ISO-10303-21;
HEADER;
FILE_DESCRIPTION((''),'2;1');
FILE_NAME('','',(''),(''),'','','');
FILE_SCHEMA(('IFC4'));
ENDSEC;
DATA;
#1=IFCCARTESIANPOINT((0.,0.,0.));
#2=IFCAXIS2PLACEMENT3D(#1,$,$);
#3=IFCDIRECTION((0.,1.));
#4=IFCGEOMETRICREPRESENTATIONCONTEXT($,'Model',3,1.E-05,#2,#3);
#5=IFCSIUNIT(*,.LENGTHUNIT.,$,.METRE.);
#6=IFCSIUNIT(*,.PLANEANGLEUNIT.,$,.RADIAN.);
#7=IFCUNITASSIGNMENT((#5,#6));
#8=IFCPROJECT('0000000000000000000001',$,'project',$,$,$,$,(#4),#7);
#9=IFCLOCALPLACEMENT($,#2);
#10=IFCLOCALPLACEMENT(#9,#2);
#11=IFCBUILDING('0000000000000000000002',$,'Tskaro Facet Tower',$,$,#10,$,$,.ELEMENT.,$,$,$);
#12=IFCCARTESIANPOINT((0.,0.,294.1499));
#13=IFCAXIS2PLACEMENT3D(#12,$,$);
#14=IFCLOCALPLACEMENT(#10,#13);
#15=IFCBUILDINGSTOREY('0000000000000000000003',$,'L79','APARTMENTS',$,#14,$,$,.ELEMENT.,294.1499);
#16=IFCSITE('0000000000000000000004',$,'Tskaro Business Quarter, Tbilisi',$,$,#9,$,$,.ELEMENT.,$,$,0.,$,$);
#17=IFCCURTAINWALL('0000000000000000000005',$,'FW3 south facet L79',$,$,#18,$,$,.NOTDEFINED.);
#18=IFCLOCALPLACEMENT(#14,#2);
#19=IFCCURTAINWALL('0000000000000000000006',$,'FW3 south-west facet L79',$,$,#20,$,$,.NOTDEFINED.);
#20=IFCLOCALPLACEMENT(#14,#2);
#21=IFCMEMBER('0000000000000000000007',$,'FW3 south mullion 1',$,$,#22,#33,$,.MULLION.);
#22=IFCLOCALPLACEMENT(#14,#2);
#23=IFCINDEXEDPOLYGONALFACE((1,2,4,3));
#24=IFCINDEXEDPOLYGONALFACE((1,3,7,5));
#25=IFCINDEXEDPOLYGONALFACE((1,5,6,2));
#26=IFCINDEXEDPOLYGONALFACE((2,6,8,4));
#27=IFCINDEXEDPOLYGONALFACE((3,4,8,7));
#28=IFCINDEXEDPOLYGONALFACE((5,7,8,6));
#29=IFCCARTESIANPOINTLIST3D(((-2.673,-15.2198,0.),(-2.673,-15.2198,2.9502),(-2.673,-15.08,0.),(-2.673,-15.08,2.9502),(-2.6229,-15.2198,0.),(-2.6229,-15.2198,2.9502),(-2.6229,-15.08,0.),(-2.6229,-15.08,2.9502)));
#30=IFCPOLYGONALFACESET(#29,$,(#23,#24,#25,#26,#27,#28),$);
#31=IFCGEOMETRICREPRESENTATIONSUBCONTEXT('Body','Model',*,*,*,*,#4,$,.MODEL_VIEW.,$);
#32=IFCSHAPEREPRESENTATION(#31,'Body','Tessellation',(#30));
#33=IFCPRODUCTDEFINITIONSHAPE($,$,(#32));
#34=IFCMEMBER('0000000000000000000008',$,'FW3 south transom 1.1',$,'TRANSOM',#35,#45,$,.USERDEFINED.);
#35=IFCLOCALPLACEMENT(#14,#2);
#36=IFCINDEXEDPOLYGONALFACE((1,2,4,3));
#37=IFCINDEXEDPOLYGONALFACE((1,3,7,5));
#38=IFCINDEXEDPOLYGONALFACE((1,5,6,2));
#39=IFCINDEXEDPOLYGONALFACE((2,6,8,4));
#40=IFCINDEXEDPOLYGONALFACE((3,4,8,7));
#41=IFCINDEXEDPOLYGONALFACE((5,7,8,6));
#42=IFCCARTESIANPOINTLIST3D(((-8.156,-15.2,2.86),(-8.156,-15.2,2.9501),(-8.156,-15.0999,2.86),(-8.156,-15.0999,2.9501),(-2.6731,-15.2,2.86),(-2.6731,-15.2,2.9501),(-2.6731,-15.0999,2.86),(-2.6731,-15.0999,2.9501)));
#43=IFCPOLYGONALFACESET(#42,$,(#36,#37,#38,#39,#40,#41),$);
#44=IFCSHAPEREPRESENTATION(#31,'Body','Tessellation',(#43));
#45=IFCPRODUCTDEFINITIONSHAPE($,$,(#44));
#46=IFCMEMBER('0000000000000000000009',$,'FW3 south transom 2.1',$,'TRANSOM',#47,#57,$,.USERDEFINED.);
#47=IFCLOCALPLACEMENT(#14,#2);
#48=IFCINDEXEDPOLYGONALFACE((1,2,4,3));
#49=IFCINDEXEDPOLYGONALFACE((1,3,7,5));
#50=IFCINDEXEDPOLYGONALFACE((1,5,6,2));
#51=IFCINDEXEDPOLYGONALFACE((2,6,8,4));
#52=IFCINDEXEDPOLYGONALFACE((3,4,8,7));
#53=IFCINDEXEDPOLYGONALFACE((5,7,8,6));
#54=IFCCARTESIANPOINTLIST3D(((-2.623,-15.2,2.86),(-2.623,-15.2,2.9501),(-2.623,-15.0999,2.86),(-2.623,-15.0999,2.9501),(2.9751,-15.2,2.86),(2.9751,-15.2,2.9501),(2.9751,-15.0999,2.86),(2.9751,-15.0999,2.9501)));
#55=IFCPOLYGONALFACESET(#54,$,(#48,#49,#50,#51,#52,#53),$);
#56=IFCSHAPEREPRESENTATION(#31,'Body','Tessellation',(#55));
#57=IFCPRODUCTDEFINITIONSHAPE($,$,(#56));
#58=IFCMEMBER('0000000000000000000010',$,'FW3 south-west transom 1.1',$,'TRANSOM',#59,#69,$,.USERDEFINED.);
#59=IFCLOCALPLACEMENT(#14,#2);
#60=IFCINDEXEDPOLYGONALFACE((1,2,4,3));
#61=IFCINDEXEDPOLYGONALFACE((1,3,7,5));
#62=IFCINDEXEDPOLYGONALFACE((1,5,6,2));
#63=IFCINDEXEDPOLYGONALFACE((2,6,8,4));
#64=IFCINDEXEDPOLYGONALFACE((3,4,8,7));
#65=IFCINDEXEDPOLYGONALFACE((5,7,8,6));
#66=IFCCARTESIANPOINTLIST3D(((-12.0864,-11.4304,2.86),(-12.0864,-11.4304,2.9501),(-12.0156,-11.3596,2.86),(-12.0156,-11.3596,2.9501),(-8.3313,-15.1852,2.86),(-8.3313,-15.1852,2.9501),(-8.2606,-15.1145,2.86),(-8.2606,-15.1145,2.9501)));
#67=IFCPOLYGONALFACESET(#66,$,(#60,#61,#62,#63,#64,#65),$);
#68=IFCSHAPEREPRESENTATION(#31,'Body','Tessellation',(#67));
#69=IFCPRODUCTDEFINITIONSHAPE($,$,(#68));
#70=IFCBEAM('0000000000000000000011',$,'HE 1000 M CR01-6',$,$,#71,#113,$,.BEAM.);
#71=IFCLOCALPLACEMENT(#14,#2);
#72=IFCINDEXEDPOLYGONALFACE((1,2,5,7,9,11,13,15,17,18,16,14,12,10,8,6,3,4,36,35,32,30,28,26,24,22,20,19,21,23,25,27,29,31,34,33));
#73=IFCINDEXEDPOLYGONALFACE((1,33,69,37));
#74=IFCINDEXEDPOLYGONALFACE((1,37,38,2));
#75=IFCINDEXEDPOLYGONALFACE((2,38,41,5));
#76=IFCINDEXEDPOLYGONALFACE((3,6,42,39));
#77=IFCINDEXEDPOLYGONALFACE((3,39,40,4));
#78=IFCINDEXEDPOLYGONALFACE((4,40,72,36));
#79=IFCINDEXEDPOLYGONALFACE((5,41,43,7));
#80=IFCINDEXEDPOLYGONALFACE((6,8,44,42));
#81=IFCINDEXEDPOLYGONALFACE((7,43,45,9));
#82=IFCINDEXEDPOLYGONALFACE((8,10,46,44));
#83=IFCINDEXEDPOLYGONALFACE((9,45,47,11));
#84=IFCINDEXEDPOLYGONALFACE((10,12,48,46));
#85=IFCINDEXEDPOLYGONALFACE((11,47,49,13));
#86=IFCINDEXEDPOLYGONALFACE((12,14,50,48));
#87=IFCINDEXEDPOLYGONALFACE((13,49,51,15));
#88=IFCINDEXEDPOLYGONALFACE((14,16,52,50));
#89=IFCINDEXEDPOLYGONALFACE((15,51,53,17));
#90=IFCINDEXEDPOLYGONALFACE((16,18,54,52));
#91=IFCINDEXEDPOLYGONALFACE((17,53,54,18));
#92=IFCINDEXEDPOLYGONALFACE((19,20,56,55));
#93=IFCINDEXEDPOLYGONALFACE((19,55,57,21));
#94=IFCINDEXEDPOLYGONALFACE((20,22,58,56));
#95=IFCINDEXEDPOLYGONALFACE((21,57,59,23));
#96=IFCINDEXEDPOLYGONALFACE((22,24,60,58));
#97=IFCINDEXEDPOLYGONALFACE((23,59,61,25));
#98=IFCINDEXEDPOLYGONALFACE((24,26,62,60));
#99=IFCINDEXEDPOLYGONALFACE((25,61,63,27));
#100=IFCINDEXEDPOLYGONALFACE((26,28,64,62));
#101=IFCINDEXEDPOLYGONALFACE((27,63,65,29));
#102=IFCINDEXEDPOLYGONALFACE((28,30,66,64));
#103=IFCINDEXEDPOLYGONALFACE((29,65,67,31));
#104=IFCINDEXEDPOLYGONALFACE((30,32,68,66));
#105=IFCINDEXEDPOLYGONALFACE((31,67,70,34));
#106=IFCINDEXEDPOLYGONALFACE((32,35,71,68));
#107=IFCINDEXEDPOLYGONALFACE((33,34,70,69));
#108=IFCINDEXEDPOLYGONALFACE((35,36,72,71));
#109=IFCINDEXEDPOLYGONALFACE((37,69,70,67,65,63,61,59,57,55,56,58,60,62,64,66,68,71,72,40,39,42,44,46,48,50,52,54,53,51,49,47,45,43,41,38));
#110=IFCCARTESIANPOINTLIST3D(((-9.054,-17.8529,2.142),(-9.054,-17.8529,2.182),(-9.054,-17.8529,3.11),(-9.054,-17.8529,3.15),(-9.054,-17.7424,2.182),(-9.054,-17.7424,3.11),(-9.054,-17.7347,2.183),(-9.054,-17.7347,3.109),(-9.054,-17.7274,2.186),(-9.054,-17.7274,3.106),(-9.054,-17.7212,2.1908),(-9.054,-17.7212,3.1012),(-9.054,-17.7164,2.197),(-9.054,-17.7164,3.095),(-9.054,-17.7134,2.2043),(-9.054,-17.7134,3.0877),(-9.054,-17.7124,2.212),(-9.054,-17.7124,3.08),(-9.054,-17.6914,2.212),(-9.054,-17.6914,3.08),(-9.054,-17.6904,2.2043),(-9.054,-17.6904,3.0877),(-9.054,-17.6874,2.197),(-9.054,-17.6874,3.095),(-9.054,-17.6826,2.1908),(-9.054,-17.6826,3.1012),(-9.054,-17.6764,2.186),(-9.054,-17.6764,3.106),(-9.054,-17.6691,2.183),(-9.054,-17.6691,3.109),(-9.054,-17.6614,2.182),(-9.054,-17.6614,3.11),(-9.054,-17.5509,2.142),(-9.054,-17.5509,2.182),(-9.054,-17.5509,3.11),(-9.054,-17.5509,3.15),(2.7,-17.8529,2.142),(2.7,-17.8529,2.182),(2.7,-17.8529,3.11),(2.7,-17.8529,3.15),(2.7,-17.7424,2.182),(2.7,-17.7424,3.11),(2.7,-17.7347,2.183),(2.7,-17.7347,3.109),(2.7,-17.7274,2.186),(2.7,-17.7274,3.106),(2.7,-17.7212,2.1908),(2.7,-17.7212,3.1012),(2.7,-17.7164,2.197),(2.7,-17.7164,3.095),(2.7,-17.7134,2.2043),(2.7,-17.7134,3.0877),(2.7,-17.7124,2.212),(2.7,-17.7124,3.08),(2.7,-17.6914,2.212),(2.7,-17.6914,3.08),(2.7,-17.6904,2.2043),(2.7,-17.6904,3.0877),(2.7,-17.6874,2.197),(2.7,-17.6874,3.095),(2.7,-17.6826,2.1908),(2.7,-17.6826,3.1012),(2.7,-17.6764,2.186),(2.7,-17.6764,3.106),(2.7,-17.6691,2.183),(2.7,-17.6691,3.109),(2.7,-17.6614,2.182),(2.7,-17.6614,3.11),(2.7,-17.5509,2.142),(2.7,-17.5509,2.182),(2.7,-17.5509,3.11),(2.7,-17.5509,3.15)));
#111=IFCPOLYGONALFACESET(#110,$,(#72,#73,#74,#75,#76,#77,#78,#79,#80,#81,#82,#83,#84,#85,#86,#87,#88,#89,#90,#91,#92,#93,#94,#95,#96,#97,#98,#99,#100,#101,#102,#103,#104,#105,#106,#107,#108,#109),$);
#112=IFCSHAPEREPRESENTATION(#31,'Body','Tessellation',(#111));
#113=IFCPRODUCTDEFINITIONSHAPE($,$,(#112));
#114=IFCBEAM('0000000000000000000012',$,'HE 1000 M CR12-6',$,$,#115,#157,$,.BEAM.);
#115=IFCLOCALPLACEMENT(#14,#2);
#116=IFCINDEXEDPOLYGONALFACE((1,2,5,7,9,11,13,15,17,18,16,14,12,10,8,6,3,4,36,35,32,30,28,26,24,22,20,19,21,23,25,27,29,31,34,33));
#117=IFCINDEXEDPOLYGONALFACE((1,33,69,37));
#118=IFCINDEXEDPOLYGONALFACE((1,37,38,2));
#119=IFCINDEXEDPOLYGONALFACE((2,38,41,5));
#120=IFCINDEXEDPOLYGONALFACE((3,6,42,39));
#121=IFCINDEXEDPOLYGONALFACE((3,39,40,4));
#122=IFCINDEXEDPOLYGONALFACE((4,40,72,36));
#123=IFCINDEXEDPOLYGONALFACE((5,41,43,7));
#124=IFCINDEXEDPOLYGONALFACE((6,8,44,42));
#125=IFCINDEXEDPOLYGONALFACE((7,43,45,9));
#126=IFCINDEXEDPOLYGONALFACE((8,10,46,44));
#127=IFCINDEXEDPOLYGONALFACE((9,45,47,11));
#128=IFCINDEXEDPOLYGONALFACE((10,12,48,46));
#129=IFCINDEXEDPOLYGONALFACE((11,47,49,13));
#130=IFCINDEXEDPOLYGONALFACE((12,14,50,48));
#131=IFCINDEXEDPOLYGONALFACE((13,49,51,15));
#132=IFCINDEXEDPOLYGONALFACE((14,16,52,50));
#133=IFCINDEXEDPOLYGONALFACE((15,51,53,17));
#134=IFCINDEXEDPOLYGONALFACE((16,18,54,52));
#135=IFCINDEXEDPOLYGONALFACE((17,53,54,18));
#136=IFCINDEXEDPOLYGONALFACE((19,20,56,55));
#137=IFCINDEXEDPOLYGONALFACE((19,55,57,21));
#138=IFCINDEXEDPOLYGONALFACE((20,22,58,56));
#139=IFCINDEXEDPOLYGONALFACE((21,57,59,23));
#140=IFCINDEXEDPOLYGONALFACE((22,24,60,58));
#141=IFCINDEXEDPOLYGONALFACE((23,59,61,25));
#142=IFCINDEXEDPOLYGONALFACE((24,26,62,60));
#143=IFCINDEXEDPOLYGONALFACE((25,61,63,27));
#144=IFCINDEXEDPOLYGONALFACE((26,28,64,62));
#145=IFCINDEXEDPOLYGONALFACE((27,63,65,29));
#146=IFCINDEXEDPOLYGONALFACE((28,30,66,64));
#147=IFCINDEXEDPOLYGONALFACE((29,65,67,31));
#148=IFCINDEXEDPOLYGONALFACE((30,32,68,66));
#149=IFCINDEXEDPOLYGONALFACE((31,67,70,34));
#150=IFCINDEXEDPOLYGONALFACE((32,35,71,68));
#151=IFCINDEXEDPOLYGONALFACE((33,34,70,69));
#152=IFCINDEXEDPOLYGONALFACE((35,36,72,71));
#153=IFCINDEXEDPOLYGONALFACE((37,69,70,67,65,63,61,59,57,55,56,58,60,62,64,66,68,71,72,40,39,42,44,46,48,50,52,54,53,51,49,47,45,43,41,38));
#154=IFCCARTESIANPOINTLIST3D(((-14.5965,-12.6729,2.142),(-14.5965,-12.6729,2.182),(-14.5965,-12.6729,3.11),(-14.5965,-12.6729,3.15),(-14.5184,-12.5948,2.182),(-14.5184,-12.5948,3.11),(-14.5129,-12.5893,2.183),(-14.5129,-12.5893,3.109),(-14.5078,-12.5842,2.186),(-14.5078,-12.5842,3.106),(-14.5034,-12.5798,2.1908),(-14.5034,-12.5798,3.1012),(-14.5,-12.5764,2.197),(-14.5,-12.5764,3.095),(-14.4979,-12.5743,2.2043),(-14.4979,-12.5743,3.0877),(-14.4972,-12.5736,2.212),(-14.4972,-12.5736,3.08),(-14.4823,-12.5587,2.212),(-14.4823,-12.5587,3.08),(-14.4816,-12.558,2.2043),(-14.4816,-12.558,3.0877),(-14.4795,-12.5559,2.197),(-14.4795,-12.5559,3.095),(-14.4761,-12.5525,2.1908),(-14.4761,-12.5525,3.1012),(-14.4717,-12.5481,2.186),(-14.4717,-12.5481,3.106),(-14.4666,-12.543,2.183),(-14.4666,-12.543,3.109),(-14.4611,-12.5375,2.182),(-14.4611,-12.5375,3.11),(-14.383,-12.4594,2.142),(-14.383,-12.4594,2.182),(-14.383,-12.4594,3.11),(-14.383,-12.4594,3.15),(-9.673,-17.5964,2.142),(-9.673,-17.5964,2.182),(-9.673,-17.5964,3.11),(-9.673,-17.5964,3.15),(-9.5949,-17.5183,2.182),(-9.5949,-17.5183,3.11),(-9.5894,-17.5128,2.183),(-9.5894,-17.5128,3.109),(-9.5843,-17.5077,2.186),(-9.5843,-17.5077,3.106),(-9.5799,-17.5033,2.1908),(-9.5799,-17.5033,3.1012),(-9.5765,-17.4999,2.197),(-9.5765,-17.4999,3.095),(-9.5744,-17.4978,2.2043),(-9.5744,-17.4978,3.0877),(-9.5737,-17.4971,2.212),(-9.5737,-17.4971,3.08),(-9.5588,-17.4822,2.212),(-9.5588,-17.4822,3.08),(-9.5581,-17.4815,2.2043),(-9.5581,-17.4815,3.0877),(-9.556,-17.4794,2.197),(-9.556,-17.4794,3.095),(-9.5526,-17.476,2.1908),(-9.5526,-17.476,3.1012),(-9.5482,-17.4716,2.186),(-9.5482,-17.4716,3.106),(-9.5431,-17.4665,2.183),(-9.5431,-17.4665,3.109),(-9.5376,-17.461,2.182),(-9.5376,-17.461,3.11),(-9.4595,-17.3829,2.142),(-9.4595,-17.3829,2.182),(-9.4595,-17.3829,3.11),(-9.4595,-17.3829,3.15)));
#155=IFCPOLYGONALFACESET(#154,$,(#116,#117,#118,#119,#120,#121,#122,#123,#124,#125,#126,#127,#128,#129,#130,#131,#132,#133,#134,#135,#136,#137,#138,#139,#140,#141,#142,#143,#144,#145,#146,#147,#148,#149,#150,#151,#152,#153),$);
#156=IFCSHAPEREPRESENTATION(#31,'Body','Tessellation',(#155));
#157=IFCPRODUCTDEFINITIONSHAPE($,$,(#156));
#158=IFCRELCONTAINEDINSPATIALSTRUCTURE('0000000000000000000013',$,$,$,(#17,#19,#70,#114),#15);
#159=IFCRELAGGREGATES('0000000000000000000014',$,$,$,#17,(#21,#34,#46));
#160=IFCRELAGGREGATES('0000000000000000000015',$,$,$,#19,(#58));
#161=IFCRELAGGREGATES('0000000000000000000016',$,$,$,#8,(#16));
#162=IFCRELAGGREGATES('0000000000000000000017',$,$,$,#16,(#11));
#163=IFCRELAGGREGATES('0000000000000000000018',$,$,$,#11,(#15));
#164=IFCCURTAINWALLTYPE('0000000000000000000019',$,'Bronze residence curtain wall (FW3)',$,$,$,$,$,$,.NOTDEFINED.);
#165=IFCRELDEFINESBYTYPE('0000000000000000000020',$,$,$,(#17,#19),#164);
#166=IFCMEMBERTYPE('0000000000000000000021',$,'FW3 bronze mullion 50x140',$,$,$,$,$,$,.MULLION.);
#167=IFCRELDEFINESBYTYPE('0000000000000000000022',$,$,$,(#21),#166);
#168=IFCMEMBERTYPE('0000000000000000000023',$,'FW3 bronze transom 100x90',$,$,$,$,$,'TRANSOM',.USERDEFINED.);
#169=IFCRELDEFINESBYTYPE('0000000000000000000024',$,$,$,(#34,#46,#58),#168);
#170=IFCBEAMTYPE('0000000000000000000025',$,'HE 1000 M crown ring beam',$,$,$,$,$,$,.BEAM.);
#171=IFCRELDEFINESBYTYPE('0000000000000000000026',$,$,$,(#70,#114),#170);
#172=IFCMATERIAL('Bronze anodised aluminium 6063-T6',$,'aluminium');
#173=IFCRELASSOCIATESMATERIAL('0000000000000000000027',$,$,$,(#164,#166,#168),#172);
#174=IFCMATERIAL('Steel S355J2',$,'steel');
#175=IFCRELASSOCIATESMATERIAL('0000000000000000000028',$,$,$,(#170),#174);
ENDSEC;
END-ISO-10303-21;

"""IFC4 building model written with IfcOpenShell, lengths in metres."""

from ifc_helpers import new_model, si_unit, direction, frame, origin, origin_2d, place, context, subcontext, project, spatial, rectangle, i_section, extrude, material, material_profile, profile_set, type_object, element, aggregate, save


model = new_model("IFC4")

# Units and contexts
model_context = context("Model", 3, precision=1e-05, world=origin(), true_north=direction((0.0, 1.0)))
body_context = subcontext(model_context, "Body", "Model", "MODEL_VIEW")
ifc_project = project(units=[si_unit("LENGTHUNIT", "METRE"), si_unit("PLANEANGLEUNIT", "RADIAN")], contexts=[model_context])

# Site, building, storey
site_placement = place(None, origin())
site = spatial("IfcSite", under=ifc_project, at=site_placement, Name="Tskaro Business Quarter, Tbilisi", CompositionType="ELEMENT", RefElevation=0.0)
building_placement = place(site_placement, origin())
building = spatial("IfcBuilding", under=site, at=building_placement, Name="Tskaro Facet Tower", CompositionType="ELEMENT")
storey_placement = place(building_placement, frame((0.0, 0.0, 294.1499)))
storey = spatial("IfcBuildingStorey", under=building, at=storey_placement, Name="L79", Description="APARTMENTS", CompositionType="ELEMENT", Elevation=294.1499)

# Shared definitions
ifc_material_1 = material(Name="Steel S355J2", Category="steel")

# Curtain walls
ifc_material_2 = material(Name="Bronze anodised aluminium 6063-T6", Category="aluminium")
curtain_wall_type = type_object("IfcCurtainWallType", Name="Bronze residence curtain wall (FW3)", PredefinedType="NOTDEFINED", material=ifc_material_2)
curtain_wall_1_placement = place(storey_placement, origin())
curtain_wall_1 = element("IfcCurtainWall", 1, at=curtain_wall_1_placement, inside=storey, type_object=curtain_wall_type, Name="FW3 south facet L79", PredefinedType="NOTDEFINED")
curtain_wall_2_placement = place(storey_placement, origin())
curtain_wall_2 = element("IfcCurtainWall", 2, at=curtain_wall_2_placement, inside=storey, type_object=curtain_wall_type, Name="FW3 south-west facet L79", PredefinedType="NOTDEFINED")

# Members
ifc_material_profile_1 = material_profile(ifc_material_2, rectangle(XDim=0.05, YDim=0.1399, at=origin_2d()), Name="Mullion 50x140")
ifc_profile_set_1 = profile_set([ifc_material_profile_1], Name="Bronze anodised aluminium 6063-T6")
member_type_1 = type_object("IfcMemberType", Name="FW3 bronze mullion 50x140", PredefinedType="MULLION", material=ifc_profile_set_1)
member_1_placement = place(storey_placement, frame((-2.6479, -15.1499, 0.0), z_axis=(0.0, 0.0, 1.0), x_axis=(1.0, 0.0, 0.0)))
member_1 = element("IfcMember", 3, at=member_1_placement, type_object=member_type_1, Name="FW3 south mullion 1", PredefinedType="MULLION", context=body_context, shape_type="SweptSolid", body=[
    extrude(rectangle(XDim=0.05, YDim=0.1399, at=origin_2d()), origin(), (0.0, 0.0, 1.0), 2.9502),
])
ifc_material_profile_2 = material_profile(ifc_material_2, rectangle(XDim=0.1001, YDim=0.0901, at=origin_2d()), Name="Transom 100x90")
ifc_profile_set_2 = profile_set([ifc_material_profile_2], Name="Bronze anodised aluminium 6063-T6")
member_type_2 = type_object("IfcMemberType", Name="FW3 bronze transom 100x90", ElementType="TRANSOM", PredefinedType="USERDEFINED", material=ifc_profile_set_2)
member_2_placement = place(storey_placement, frame((-8.156, -15.1499, 2.905), z_axis=(1.0, 0.0, 0.0), x_axis=(0.0, 1.0, 0.0)))
member_2 = element("IfcMember", 4, at=member_2_placement, type_object=member_type_2, Name="FW3 south transom 1.1", ObjectType="TRANSOM", PredefinedType="USERDEFINED", context=body_context, shape_type="SweptSolid", body=[
    extrude(rectangle(XDim=0.1001, YDim=0.0901, at=origin_2d()), origin(), (0.0, 0.0, 1.0), 5.4829),
])
member_3_placement = place(storey_placement, frame((-2.623, -15.1499, 2.905), z_axis=(1.0, 0.0, 0.0), x_axis=(0.0, 1.0, 0.0)))
member_3 = element("IfcMember", 5, at=member_3_placement, type_object=member_type_2, Name="FW3 south transom 2.1", ObjectType="TRANSOM", PredefinedType="USERDEFINED", context=body_context, shape_type="SweptSolid", body=[
    extrude(rectangle(XDim=0.1001, YDim=0.0901, at=origin_2d()), origin(), (0.0, 0.0, 1.0), 5.5981),
])
member_4_placement = place(storey_placement, frame((-12.051, -11.395, 2.905), z_axis=(0.70713, -0.707084, 0.0), x_axis=(0.707084, 0.70713, 0.0)))
member_4 = element("IfcMember", 6, at=member_4_placement, type_object=member_type_2, Name="FW3 south-west transom 1.1", ObjectType="TRANSOM", PredefinedType="USERDEFINED", context=body_context, shape_type="SweptSolid", body=[
    extrude(rectangle(XDim=0.1001, YDim=0.0901, at=origin_2d()), origin(), (0.0, 0.0, 1.0), 5.3103),
])

# Beams
ifc_material_profile_3 = material_profile(ifc_material_1, i_section(OverallWidth=0.302, OverallDepth=1.0081, WebThickness=0.021, FlangeThickness=0.04, FilletRadius=0.03, at=origin_2d()), Name="HE 1000 M")
ifc_profile_set_3 = profile_set([ifc_material_profile_3], Name="Steel S355J2")
beam_type_1 = type_object("IfcBeamType", Name="HE 1000 M crown ring beam", PredefinedType="BEAM", material=ifc_profile_set_3)
beam_1_placement = place(storey_placement, frame((-9.054, -17.7019, 2.646), z_axis=(1.0, 0.0, 0.0), x_axis=(0.0, 1.0, 0.0)))
element("IfcBeam", 7, at=beam_1_placement, inside=storey, type_object=beam_type_1, Name="HE 1000 M CR01-6", PredefinedType="BEAM", context=body_context, shape_type="SweptSolid", body=[
    extrude(i_section(OverallWidth=0.302, OverallDepth=1.0081, WebThickness=0.021, FlangeThickness=0.04, FilletRadius=0.03, at=origin_2d()), origin(), (0.0, 0.0, 1.0), 11.7539),
])
beam_2_placement = place(storey_placement, frame((-14.4897, -12.5662, 2.646), z_axis=(0.707107, -0.707107, 0.0), x_axis=(0.707107, 0.707107, 0.0)))
element("IfcBeam", 8, at=beam_2_placement, inside=storey, type_object=beam_type_1, Name="HE 1000 M CR12-6", PredefinedType="BEAM", context=body_context, shape_type="SweptSolid", body=[
    extrude(i_section(OverallWidth=0.302, OverallDepth=1.0081, WebThickness=0.021, FlangeThickness=0.04, FilletRadius=0.03, at=origin_2d()), origin(), (0.0, 0.0, 1.0), 6.9629),
])

aggregate(curtain_wall_1, [member_1, member_2, member_3])
aggregate(curtain_wall_2, [member_4])

save(model, "model.ifc")
